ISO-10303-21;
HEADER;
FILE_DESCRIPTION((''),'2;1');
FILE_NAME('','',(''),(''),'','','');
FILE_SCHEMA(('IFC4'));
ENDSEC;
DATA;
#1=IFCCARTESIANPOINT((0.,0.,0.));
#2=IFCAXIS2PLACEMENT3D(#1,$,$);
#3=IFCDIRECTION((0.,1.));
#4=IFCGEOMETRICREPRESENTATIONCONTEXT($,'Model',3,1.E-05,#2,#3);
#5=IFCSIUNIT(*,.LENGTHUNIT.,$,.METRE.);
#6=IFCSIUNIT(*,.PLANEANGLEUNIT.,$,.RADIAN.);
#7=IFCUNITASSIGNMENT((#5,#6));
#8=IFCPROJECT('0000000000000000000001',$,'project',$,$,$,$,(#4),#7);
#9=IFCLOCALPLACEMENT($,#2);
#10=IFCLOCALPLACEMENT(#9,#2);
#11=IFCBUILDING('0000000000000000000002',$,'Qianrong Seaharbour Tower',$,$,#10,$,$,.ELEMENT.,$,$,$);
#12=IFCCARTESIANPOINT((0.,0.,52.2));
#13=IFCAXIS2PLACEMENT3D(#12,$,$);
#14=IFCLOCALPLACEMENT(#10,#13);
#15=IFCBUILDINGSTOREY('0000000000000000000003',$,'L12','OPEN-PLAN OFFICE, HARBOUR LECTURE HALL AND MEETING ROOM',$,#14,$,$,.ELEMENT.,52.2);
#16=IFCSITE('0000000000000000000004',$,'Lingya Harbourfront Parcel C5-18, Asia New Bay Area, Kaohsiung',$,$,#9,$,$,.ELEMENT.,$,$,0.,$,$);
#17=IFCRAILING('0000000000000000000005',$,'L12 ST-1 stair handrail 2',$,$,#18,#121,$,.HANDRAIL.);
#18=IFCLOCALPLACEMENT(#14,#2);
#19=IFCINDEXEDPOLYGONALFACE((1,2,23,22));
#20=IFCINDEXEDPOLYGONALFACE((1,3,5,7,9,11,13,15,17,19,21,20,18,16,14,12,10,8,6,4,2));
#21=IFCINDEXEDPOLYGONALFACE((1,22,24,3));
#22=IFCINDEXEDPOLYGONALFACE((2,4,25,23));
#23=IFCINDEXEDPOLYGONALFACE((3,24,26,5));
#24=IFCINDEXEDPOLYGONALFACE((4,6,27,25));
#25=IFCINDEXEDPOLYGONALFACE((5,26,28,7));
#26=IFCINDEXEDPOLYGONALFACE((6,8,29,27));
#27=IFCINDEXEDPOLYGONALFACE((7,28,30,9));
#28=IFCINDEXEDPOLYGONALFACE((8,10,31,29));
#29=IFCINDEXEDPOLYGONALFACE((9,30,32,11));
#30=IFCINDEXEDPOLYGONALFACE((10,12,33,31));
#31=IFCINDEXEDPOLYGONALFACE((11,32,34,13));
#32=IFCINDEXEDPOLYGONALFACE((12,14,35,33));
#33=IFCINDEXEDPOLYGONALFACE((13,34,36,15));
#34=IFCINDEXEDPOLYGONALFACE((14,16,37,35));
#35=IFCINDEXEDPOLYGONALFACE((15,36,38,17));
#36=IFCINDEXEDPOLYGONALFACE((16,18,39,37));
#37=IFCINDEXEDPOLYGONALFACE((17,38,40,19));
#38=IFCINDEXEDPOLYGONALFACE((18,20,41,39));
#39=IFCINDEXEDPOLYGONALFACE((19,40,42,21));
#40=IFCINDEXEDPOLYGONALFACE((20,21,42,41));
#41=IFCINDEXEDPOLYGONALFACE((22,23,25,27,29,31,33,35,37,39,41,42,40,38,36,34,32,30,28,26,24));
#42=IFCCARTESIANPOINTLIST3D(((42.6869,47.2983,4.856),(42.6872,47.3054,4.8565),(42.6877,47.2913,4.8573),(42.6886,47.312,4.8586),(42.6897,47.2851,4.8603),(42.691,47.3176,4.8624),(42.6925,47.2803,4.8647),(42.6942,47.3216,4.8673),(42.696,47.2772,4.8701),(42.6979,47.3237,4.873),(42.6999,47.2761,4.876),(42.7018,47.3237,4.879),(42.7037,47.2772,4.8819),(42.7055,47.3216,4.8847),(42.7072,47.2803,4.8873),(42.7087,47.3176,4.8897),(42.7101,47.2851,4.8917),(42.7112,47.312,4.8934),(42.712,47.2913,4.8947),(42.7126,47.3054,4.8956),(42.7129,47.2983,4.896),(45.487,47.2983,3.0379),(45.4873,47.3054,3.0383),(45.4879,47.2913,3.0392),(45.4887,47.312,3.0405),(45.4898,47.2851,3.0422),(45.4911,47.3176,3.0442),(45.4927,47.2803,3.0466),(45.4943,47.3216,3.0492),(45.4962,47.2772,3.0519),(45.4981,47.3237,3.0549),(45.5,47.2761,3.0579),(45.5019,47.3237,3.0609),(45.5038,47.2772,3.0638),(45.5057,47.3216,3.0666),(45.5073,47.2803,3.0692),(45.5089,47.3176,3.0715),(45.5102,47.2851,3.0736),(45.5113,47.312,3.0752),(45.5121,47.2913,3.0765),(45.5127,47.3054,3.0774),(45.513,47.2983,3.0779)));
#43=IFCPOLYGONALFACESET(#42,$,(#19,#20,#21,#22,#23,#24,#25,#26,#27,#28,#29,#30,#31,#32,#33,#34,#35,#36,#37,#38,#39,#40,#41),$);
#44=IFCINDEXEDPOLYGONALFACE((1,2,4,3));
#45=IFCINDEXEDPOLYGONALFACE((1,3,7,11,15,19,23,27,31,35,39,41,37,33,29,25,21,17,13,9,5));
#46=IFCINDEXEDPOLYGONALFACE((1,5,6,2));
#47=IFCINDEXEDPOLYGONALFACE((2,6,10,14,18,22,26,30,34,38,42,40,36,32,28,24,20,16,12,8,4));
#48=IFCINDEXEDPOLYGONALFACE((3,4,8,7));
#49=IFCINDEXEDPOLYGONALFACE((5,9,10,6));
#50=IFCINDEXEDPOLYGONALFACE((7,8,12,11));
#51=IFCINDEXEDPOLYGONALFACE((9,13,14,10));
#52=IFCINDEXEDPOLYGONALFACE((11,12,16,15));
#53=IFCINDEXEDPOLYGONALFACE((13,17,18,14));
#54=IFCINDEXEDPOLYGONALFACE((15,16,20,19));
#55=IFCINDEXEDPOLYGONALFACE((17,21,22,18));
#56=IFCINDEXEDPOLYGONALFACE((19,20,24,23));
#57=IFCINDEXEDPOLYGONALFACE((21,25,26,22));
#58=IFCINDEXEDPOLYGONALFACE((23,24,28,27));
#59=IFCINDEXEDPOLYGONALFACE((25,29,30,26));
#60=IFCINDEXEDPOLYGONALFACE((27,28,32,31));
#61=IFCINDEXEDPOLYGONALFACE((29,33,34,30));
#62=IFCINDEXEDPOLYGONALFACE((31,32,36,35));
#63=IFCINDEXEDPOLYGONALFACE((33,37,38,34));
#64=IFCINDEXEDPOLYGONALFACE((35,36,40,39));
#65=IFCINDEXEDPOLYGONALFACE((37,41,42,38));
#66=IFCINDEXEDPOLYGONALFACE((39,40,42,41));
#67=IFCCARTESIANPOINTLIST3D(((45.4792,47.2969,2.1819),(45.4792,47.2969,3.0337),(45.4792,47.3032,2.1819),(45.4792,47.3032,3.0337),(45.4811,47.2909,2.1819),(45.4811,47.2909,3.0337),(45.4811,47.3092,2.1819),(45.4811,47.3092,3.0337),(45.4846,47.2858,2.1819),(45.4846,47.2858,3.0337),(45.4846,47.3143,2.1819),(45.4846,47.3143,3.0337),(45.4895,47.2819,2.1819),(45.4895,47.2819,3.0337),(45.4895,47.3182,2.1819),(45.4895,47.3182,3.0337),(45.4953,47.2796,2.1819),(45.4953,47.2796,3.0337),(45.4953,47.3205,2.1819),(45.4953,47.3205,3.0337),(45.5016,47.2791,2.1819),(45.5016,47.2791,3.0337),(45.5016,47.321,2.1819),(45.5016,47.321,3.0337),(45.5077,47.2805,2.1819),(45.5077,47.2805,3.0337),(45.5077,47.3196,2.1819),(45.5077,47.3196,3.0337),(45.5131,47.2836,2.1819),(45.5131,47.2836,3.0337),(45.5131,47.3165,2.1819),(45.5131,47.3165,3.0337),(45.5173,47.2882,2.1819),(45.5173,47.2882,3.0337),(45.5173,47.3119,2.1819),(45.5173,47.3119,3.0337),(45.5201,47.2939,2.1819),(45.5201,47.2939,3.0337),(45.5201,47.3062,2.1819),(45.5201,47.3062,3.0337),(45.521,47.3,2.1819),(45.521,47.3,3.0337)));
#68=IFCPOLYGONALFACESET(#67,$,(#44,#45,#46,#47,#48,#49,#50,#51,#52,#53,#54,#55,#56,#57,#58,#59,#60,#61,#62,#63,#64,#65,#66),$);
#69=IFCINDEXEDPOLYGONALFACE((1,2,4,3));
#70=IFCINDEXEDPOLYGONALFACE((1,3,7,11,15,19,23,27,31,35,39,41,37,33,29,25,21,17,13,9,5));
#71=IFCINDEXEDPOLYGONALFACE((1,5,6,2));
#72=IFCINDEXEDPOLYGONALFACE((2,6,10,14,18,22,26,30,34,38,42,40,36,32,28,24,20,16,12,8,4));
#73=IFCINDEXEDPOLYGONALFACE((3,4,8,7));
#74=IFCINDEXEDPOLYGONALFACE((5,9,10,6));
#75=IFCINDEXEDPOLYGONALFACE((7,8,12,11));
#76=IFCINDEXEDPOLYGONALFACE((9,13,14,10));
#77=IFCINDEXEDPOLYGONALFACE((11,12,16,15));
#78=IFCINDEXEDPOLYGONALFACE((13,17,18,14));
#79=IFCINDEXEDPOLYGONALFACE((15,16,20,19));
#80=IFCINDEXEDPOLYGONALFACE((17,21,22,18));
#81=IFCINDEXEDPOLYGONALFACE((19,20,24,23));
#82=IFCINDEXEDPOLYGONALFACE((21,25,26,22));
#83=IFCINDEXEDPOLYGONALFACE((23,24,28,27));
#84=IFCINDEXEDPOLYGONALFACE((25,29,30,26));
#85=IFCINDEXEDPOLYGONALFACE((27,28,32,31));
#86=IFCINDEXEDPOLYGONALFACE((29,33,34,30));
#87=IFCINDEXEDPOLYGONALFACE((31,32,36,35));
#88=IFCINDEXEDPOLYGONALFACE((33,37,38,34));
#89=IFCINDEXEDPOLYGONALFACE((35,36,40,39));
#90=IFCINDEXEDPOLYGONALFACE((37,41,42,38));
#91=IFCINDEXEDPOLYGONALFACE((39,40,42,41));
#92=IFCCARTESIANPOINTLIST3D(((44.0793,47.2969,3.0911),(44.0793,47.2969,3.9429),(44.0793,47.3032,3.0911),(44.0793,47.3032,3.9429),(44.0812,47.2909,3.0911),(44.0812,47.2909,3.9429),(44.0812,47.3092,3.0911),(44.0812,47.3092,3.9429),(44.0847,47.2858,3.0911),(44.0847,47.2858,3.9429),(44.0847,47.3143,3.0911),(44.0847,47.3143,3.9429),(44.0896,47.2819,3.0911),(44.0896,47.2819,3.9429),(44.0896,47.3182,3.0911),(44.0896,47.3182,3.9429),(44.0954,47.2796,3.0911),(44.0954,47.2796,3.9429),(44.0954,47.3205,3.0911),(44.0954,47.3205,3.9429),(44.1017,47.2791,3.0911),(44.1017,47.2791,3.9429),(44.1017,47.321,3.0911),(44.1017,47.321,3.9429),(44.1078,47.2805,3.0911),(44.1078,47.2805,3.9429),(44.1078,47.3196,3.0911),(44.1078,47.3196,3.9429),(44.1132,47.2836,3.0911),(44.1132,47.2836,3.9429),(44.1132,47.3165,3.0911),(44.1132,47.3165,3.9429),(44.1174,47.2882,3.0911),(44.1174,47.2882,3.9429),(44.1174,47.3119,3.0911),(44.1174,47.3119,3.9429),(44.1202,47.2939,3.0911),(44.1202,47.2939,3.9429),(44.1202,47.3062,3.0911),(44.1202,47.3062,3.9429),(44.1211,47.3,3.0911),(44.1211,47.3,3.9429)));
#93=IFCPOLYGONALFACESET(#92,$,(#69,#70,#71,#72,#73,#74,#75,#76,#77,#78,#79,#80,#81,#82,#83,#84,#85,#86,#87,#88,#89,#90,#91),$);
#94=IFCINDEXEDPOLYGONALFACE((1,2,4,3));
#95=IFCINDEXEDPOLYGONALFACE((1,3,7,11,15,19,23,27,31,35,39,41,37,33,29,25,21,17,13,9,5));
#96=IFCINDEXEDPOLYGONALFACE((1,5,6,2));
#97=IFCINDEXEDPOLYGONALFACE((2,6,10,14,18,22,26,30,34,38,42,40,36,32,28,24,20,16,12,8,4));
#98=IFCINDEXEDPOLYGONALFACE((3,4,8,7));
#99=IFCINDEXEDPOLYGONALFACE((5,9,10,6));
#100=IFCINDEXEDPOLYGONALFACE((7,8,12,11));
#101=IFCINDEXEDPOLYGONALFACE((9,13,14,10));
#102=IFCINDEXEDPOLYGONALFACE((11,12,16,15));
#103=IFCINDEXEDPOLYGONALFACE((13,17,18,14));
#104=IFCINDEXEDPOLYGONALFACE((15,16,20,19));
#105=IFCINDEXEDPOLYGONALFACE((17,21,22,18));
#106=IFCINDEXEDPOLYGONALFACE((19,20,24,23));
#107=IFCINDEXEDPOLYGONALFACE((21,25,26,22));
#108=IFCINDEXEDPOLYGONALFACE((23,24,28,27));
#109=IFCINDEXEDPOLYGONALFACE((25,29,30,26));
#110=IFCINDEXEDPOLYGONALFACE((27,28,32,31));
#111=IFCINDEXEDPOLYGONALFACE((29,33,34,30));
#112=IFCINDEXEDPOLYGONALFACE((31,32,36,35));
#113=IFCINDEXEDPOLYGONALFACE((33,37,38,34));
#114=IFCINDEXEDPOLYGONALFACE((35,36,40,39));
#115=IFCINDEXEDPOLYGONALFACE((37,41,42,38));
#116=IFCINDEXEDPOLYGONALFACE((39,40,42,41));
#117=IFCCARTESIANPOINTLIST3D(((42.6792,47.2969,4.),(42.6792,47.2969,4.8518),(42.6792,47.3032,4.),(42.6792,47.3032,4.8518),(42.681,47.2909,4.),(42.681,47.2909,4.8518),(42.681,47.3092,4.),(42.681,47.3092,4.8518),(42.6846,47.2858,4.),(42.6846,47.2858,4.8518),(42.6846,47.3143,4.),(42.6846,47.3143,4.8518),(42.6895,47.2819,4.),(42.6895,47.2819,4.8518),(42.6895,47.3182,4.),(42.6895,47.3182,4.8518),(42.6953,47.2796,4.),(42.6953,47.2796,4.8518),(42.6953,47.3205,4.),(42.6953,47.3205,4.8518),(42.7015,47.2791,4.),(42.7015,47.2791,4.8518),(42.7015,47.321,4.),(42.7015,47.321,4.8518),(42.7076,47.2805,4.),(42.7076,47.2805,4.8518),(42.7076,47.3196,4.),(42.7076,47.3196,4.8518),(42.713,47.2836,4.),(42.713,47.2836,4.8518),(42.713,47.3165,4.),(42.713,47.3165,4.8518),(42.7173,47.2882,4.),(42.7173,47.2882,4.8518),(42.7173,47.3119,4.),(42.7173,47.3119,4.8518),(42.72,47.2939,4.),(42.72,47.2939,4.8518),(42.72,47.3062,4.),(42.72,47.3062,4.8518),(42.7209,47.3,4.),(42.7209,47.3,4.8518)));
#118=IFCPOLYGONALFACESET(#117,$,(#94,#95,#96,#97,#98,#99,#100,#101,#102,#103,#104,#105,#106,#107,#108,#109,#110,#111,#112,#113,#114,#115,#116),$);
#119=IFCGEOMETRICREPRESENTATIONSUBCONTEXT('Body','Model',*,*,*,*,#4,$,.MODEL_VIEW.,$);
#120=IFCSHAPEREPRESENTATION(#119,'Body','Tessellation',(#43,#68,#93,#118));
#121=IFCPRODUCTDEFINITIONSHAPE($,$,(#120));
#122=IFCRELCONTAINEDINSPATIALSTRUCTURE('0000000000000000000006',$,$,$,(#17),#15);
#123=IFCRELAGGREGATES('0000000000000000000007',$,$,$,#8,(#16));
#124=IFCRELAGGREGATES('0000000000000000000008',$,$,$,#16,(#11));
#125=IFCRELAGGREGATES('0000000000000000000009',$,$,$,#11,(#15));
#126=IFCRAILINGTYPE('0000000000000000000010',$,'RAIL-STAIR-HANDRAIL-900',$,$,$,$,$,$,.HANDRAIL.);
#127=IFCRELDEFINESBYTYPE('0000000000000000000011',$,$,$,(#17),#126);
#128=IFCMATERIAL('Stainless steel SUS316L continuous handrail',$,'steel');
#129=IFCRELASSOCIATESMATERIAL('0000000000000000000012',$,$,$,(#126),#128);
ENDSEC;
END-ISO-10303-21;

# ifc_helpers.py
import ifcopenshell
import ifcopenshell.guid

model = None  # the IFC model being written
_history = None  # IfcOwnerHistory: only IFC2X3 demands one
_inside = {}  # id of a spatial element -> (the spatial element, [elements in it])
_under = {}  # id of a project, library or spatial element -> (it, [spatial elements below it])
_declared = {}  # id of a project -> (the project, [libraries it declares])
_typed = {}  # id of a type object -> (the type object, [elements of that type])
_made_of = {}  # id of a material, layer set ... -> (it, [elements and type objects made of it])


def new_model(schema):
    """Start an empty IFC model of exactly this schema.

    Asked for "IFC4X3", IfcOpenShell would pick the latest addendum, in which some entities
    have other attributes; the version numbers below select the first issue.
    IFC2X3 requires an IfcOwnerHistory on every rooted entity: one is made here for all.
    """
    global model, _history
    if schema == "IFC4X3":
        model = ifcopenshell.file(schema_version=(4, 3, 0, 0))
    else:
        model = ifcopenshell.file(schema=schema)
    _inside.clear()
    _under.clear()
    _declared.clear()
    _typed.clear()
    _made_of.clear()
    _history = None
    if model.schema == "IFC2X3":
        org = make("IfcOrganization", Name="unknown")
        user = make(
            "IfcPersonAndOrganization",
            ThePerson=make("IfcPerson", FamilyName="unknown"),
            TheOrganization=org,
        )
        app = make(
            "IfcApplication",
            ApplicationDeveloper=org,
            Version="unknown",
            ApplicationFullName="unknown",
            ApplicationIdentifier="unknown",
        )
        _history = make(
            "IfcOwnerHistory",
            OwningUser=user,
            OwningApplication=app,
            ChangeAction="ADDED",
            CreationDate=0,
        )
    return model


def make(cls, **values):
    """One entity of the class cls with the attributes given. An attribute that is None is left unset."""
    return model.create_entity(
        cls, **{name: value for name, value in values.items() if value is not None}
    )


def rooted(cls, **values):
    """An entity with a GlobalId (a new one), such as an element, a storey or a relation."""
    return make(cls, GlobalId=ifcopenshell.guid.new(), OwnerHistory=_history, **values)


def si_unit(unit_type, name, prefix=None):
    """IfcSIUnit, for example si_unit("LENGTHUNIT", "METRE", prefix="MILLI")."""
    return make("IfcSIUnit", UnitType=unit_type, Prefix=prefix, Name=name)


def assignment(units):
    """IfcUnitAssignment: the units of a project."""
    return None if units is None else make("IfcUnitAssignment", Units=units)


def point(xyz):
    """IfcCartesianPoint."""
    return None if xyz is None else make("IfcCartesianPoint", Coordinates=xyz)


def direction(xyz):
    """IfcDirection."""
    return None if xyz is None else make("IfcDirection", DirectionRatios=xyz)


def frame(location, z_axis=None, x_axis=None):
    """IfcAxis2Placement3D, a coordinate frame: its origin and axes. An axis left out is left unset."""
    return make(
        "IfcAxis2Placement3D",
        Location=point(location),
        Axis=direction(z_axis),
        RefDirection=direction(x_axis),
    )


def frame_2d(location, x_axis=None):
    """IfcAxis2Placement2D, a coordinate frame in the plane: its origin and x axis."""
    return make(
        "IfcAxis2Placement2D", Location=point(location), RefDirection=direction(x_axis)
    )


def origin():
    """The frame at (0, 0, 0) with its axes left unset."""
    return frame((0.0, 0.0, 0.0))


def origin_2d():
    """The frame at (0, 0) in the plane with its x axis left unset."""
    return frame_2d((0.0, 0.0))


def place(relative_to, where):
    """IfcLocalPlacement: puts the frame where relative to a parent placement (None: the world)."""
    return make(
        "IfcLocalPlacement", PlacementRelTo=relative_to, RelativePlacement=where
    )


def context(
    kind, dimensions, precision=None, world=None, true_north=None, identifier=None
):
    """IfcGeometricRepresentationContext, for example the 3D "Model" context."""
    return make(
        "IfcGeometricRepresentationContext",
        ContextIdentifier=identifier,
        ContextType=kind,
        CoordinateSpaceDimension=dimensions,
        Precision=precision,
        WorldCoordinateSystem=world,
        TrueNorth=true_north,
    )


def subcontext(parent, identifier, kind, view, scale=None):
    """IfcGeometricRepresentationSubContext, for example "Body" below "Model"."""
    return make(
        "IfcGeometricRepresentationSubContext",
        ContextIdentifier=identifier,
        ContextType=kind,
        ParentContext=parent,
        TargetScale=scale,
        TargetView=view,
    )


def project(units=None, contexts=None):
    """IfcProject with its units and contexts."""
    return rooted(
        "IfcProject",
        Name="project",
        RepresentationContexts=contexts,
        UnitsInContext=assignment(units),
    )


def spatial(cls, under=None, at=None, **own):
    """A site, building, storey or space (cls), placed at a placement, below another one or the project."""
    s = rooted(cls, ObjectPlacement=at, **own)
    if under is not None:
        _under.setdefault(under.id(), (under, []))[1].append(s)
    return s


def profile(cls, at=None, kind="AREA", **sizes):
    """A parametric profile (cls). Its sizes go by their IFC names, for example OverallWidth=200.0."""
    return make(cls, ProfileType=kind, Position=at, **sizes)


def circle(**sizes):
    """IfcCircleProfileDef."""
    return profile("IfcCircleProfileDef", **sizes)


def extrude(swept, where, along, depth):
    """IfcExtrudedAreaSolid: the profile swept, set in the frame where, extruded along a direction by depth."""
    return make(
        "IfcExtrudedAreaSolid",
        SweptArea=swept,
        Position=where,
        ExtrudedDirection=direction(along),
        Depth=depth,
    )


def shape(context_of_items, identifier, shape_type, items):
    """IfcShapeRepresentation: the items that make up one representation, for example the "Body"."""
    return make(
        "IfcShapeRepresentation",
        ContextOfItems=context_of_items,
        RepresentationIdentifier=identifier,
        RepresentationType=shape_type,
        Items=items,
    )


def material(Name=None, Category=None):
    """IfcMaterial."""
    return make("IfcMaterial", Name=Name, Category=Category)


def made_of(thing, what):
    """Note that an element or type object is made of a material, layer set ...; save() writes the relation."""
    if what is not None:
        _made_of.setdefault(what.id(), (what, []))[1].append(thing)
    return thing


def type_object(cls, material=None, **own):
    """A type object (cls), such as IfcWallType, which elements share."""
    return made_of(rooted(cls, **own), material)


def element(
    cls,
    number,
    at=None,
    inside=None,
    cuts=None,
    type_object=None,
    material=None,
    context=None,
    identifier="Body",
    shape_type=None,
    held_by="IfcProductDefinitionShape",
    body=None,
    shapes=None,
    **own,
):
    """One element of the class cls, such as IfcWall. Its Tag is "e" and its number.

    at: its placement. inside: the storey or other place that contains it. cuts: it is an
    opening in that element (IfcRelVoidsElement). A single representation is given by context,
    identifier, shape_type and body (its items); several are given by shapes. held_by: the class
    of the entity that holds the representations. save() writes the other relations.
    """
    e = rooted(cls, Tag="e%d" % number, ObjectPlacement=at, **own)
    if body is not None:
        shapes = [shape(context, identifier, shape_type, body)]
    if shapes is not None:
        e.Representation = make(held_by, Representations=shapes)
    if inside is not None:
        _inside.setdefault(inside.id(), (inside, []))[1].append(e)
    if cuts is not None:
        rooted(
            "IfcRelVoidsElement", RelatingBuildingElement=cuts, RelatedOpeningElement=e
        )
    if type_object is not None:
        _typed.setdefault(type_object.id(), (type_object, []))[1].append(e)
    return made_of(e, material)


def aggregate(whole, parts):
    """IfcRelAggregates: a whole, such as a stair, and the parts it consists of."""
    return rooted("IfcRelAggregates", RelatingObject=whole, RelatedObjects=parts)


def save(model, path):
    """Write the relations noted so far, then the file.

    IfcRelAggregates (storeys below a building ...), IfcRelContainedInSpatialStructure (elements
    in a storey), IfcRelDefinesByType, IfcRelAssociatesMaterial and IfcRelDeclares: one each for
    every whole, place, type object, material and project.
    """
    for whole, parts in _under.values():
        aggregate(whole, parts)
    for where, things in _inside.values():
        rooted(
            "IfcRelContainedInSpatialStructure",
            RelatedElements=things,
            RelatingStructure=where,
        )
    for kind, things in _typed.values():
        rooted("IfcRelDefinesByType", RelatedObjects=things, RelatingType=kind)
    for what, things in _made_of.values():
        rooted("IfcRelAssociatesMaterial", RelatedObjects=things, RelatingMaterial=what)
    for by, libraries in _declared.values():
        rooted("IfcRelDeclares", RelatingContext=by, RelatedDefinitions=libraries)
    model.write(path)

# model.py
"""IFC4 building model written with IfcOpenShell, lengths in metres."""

from ifc_helpers import new_model, si_unit, direction, frame, origin, origin_2d, place, context, subcontext, project, spatial, circle, extrude, material, type_object, element, save


model = new_model("IFC4")

# Units and contexts
model_context = context("Model", 3, precision=1e-05, world=origin(), true_north=direction((0.0, 1.0)))
body_context = subcontext(model_context, "Body", "Model", "MODEL_VIEW")
ifc_project = project(units=[si_unit("LENGTHUNIT", "METRE"), si_unit("PLANEANGLEUNIT", "RADIAN")], contexts=[model_context])

# Site, building, storey
site_placement = place(None, origin())
site = spatial("IfcSite", under=ifc_project, at=site_placement, Name="Lingya Harbourfront Parcel C5-18, Asia New Bay Area, Kaohsiung", CompositionType="ELEMENT", RefElevation=0.0)
building_placement = place(site_placement, origin())
building = spatial("IfcBuilding", under=site, at=building_placement, Name="Qianrong Seaharbour Tower", CompositionType="ELEMENT")
storey_placement = place(building_placement, frame((0.0, 0.0, 52.2)))
storey = spatial("IfcBuildingStorey", under=building, at=storey_placement, Name="L12", Description="OPEN-PLAN OFFICE, HARBOUR LECTURE HALL AND MEETING ROOM", CompositionType="ELEMENT", Elevation=52.2)

# Railing
ifc_material_1 = material(Name="Stainless steel SUS316L continuous handrail", Category="steel")
railing_type_1 = type_object("IfcRailingType", Name="RAIL-STAIR-HANDRAIL-900", PredefinedType="HANDRAIL", material=ifc_material_1)
railing_1_placement = place(storey_placement, frame((45.5, 47.3, 2.1819)))
element("IfcRailing", 1, at=railing_1_placement, inside=storey, type_object=railing_type_1, Name="L12 ST-1 stair handrail 2", PredefinedType="HANDRAIL", context=body_context, shape_type="SweptSolid", body=[
    extrude(circle(Radius=0.0239, at=origin_2d()), frame((0.0, 0.0, 0.876), z_axis=(-0.838706, 0.0, 0.544585), x_axis=(0.0, -1.0, 0.0)), (0.0, 0.0, 1.0), 3.3386),
    extrude(circle(Radius=0.021, at=origin_2d()), origin(), (0.0, 0.0, 1.0), 0.8518),
    extrude(circle(Radius=0.021, at=origin_2d()), frame((-1.3999, 0.0, 0.9092)), (0.0, 0.0, 1.0), 0.8518),
    extrude(circle(Radius=0.021, at=origin_2d()), frame((-2.8, 0.0, 1.8181)), (0.0, 0.0, 1.0), 0.8518),
])

save(model, "model.ifc")
